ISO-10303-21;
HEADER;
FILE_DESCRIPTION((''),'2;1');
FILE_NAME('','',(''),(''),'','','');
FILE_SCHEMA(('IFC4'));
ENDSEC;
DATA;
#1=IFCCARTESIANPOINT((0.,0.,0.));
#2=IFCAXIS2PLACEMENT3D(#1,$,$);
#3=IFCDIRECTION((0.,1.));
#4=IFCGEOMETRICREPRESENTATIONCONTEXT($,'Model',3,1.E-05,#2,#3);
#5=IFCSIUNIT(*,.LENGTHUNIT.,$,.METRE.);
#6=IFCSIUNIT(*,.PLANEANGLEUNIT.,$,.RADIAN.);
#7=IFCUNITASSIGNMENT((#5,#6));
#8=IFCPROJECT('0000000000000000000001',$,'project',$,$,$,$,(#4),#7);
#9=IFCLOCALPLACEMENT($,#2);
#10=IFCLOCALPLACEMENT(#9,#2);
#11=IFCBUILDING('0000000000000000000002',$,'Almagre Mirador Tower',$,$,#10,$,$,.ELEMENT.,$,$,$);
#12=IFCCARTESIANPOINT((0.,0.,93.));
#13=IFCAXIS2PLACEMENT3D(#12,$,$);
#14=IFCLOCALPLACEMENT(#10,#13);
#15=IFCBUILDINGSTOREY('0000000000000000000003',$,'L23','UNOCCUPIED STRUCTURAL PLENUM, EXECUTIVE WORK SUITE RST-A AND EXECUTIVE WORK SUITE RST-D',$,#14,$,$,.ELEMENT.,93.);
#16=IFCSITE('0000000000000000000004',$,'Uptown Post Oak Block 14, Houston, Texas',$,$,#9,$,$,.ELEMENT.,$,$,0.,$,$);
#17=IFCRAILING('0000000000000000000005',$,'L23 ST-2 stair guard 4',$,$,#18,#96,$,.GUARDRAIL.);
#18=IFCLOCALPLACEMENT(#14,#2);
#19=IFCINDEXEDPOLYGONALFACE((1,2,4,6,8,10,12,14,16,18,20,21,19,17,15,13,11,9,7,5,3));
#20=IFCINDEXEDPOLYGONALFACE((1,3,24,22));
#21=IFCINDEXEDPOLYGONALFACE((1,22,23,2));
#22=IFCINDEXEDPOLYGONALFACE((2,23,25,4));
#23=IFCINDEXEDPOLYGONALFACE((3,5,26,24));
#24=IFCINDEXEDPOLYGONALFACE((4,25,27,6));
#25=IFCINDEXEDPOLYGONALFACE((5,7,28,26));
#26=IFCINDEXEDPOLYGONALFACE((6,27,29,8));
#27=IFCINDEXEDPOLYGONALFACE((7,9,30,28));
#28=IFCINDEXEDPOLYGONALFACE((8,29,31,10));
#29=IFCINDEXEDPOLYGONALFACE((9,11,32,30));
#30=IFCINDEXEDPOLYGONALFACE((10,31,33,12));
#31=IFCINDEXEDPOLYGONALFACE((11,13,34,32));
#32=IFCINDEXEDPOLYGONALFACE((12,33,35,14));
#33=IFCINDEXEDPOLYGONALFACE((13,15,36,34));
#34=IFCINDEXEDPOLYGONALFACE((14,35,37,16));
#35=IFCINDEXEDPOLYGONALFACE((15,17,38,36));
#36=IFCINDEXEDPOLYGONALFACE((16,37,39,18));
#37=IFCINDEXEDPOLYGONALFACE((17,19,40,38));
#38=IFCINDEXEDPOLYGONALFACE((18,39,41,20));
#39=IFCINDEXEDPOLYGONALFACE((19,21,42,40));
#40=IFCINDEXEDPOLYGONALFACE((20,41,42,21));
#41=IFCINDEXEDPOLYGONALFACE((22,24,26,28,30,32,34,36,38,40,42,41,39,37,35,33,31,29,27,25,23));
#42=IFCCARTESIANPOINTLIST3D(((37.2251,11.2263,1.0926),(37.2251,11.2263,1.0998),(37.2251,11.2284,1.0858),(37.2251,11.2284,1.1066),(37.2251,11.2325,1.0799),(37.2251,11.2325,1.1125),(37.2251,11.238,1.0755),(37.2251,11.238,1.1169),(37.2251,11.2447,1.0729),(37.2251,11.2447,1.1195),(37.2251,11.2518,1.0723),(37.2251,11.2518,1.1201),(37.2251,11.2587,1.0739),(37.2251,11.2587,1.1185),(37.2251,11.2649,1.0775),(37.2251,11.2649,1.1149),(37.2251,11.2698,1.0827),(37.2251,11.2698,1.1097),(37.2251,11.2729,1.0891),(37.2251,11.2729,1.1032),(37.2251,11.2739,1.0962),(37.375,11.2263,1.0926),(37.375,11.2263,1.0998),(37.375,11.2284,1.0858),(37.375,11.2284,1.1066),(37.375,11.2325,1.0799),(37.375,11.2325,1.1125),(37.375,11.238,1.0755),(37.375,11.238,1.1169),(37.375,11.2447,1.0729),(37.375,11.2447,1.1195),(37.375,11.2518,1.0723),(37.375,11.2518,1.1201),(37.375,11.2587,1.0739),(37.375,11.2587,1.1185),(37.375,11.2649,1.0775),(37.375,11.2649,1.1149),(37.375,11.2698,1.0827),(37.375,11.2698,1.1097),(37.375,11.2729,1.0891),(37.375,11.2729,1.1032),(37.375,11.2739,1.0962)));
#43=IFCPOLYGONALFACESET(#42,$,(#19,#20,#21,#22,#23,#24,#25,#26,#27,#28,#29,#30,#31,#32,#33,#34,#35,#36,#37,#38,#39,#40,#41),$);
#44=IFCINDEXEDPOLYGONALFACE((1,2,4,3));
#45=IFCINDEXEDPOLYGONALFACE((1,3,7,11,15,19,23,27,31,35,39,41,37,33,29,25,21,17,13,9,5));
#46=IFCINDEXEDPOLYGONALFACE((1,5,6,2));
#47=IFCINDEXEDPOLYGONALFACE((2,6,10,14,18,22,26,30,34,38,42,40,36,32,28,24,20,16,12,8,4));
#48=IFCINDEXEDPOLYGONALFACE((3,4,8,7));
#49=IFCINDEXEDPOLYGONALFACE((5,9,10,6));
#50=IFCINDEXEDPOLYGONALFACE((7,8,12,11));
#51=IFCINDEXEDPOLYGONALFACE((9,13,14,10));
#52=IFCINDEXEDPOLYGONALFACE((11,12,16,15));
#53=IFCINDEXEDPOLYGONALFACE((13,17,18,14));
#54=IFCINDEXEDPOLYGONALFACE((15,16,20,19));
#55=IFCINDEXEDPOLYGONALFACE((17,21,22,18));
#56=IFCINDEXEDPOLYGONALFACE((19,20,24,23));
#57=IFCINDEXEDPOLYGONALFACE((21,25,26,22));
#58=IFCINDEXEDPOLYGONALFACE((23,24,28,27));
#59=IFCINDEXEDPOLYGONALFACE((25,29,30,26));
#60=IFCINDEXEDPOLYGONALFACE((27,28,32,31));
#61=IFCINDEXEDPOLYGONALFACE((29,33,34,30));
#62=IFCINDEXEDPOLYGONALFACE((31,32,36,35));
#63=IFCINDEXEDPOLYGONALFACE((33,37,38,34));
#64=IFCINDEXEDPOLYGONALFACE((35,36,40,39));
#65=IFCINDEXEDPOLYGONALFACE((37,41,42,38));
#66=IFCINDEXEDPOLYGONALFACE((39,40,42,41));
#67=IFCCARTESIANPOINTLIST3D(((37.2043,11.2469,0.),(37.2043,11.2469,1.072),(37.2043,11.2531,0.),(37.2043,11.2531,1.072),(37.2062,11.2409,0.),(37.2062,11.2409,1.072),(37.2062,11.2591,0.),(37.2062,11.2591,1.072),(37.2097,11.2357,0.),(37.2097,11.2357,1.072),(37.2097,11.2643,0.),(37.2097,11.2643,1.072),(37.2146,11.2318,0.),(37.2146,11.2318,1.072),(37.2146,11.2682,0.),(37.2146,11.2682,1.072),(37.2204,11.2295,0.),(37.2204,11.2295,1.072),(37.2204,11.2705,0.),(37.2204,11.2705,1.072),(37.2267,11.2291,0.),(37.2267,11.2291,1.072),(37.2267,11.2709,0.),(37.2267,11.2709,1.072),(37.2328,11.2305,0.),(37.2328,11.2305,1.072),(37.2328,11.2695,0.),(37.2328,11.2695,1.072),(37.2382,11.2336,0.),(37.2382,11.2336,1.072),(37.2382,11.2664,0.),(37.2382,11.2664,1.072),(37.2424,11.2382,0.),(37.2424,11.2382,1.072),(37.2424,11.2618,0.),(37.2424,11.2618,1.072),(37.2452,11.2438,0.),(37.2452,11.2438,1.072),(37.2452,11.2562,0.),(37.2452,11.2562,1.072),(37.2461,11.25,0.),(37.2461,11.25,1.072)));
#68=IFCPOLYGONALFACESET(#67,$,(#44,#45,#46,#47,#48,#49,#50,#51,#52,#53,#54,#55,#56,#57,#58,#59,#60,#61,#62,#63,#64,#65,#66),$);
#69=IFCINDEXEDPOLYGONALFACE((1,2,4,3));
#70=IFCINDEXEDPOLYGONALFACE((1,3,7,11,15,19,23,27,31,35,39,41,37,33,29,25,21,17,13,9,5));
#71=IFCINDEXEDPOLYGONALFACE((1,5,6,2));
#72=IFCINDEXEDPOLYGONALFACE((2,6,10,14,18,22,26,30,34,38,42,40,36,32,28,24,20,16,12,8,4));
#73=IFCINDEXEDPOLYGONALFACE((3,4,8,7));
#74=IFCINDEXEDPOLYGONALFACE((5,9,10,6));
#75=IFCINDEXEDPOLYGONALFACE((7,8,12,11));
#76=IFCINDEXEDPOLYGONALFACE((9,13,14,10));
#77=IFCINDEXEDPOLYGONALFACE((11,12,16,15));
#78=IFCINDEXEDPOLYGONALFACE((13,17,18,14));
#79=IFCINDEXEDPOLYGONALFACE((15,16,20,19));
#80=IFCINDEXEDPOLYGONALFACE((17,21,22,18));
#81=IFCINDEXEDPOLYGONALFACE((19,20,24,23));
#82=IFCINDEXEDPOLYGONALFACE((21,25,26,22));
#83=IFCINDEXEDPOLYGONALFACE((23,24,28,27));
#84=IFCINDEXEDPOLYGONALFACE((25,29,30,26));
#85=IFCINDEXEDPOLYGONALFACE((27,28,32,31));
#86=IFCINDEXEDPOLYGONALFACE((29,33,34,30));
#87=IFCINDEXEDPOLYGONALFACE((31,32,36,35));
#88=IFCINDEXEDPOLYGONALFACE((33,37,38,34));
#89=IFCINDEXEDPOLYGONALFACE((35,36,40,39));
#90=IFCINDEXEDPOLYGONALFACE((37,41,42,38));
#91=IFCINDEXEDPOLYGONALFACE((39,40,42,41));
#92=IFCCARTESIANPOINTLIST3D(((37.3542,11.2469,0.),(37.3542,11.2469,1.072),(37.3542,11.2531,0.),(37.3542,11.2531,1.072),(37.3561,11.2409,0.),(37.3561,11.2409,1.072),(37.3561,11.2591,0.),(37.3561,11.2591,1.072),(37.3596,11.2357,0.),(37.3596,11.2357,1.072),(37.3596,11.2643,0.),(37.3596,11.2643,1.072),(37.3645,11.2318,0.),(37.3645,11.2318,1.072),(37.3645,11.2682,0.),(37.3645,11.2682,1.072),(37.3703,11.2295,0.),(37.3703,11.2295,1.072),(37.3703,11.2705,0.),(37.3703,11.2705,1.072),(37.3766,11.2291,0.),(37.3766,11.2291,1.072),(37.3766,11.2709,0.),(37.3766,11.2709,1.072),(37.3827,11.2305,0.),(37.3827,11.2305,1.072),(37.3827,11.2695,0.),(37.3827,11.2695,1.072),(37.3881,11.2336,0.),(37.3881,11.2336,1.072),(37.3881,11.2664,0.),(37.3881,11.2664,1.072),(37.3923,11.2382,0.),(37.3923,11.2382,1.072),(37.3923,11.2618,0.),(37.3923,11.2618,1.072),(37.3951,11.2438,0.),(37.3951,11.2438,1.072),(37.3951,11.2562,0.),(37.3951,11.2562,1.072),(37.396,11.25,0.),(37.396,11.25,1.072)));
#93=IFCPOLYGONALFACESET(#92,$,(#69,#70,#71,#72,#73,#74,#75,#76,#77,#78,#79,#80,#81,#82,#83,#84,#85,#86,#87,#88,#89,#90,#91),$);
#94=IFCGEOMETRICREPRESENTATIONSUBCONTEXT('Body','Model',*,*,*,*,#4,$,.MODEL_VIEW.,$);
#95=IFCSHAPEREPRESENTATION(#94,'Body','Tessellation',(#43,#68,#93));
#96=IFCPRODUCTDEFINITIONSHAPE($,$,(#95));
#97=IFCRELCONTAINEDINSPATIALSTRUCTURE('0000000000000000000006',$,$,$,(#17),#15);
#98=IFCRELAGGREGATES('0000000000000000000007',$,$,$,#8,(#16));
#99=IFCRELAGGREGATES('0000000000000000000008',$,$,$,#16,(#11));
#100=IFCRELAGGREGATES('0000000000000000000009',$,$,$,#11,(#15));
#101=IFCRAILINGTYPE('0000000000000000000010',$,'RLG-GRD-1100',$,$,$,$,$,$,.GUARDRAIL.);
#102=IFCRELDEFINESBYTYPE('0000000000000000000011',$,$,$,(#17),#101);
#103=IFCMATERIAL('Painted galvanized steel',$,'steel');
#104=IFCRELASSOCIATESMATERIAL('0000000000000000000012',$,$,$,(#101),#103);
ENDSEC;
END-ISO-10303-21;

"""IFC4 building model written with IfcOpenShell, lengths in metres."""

from ifc_helpers import new_model, si_unit, direction, frame, origin, origin_2d, place, context, subcontext, project, spatial, circle, extrude, material, type_object, element, save


model = new_model("IFC4")

# Units and contexts
model_context = context("Model", 3, precision=1e-05, world=origin(), true_north=direction((0.0, 1.0)))
body_context = subcontext(model_context, "Body", "Model", "MODEL_VIEW")
ifc_project = project(units=[si_unit("LENGTHUNIT", "METRE"), si_unit("PLANEANGLEUNIT", "RADIAN")], contexts=[model_context])

# Site, building, storey
site_placement = place(None, origin())
site = spatial("IfcSite", under=ifc_project, at=site_placement, Name="Uptown Post Oak Block 14, Houston, Texas", CompositionType="ELEMENT", RefElevation=0.0)
building_placement = place(site_placement, origin())
building = spatial("IfcBuilding", under=site, at=building_placement, Name="Almagre Mirador Tower", CompositionType="ELEMENT")
storey_placement = place(building_placement, frame((0.0, 0.0, 93.0)))
storey = spatial("IfcBuildingStorey", under=building, at=storey_placement, Name="L23", Description="UNOCCUPIED STRUCTURAL PLENUM, EXECUTIVE WORK SUITE RST-A AND EXECUTIVE WORK SUITE RST-D", CompositionType="ELEMENT", Elevation=93.0)

# Railing
ifc_material_1 = material(Name="Painted galvanized steel", Category="steel")
railing_type_1 = type_object("IfcRailingType", Name="RLG-GRD-1100", PredefinedType="GUARDRAIL", material=ifc_material_1)
railing_1_placement = place(storey_placement, frame((37.2251, 11.25, 0.0)))
element("IfcRailing", 1, at=railing_1_placement, inside=storey, type_object=railing_type_1, Name="L23 ST-2 stair guard 4", PredefinedType="GUARDRAIL", context=body_context, shape_type="SweptSolid", body=[
    extrude(circle(Radius=0.0239, at=origin_2d()), frame((0.0, 0.0, 1.0962), z_axis=(1.0, 0.0, 0.0), x_axis=(0.0, 1.0, 0.0)), (0.0, 0.0, 1.0), 0.1499),
    extrude(circle(Radius=0.021, at=origin_2d()), origin(), (0.0, 0.0, 1.0), 1.072),
    extrude(circle(Radius=0.021, at=origin_2d()), frame((0.1499, 0.0, 0.0)), (0.0, 0.0, 1.0), 1.072),
])

save(model, "model.ifc")
